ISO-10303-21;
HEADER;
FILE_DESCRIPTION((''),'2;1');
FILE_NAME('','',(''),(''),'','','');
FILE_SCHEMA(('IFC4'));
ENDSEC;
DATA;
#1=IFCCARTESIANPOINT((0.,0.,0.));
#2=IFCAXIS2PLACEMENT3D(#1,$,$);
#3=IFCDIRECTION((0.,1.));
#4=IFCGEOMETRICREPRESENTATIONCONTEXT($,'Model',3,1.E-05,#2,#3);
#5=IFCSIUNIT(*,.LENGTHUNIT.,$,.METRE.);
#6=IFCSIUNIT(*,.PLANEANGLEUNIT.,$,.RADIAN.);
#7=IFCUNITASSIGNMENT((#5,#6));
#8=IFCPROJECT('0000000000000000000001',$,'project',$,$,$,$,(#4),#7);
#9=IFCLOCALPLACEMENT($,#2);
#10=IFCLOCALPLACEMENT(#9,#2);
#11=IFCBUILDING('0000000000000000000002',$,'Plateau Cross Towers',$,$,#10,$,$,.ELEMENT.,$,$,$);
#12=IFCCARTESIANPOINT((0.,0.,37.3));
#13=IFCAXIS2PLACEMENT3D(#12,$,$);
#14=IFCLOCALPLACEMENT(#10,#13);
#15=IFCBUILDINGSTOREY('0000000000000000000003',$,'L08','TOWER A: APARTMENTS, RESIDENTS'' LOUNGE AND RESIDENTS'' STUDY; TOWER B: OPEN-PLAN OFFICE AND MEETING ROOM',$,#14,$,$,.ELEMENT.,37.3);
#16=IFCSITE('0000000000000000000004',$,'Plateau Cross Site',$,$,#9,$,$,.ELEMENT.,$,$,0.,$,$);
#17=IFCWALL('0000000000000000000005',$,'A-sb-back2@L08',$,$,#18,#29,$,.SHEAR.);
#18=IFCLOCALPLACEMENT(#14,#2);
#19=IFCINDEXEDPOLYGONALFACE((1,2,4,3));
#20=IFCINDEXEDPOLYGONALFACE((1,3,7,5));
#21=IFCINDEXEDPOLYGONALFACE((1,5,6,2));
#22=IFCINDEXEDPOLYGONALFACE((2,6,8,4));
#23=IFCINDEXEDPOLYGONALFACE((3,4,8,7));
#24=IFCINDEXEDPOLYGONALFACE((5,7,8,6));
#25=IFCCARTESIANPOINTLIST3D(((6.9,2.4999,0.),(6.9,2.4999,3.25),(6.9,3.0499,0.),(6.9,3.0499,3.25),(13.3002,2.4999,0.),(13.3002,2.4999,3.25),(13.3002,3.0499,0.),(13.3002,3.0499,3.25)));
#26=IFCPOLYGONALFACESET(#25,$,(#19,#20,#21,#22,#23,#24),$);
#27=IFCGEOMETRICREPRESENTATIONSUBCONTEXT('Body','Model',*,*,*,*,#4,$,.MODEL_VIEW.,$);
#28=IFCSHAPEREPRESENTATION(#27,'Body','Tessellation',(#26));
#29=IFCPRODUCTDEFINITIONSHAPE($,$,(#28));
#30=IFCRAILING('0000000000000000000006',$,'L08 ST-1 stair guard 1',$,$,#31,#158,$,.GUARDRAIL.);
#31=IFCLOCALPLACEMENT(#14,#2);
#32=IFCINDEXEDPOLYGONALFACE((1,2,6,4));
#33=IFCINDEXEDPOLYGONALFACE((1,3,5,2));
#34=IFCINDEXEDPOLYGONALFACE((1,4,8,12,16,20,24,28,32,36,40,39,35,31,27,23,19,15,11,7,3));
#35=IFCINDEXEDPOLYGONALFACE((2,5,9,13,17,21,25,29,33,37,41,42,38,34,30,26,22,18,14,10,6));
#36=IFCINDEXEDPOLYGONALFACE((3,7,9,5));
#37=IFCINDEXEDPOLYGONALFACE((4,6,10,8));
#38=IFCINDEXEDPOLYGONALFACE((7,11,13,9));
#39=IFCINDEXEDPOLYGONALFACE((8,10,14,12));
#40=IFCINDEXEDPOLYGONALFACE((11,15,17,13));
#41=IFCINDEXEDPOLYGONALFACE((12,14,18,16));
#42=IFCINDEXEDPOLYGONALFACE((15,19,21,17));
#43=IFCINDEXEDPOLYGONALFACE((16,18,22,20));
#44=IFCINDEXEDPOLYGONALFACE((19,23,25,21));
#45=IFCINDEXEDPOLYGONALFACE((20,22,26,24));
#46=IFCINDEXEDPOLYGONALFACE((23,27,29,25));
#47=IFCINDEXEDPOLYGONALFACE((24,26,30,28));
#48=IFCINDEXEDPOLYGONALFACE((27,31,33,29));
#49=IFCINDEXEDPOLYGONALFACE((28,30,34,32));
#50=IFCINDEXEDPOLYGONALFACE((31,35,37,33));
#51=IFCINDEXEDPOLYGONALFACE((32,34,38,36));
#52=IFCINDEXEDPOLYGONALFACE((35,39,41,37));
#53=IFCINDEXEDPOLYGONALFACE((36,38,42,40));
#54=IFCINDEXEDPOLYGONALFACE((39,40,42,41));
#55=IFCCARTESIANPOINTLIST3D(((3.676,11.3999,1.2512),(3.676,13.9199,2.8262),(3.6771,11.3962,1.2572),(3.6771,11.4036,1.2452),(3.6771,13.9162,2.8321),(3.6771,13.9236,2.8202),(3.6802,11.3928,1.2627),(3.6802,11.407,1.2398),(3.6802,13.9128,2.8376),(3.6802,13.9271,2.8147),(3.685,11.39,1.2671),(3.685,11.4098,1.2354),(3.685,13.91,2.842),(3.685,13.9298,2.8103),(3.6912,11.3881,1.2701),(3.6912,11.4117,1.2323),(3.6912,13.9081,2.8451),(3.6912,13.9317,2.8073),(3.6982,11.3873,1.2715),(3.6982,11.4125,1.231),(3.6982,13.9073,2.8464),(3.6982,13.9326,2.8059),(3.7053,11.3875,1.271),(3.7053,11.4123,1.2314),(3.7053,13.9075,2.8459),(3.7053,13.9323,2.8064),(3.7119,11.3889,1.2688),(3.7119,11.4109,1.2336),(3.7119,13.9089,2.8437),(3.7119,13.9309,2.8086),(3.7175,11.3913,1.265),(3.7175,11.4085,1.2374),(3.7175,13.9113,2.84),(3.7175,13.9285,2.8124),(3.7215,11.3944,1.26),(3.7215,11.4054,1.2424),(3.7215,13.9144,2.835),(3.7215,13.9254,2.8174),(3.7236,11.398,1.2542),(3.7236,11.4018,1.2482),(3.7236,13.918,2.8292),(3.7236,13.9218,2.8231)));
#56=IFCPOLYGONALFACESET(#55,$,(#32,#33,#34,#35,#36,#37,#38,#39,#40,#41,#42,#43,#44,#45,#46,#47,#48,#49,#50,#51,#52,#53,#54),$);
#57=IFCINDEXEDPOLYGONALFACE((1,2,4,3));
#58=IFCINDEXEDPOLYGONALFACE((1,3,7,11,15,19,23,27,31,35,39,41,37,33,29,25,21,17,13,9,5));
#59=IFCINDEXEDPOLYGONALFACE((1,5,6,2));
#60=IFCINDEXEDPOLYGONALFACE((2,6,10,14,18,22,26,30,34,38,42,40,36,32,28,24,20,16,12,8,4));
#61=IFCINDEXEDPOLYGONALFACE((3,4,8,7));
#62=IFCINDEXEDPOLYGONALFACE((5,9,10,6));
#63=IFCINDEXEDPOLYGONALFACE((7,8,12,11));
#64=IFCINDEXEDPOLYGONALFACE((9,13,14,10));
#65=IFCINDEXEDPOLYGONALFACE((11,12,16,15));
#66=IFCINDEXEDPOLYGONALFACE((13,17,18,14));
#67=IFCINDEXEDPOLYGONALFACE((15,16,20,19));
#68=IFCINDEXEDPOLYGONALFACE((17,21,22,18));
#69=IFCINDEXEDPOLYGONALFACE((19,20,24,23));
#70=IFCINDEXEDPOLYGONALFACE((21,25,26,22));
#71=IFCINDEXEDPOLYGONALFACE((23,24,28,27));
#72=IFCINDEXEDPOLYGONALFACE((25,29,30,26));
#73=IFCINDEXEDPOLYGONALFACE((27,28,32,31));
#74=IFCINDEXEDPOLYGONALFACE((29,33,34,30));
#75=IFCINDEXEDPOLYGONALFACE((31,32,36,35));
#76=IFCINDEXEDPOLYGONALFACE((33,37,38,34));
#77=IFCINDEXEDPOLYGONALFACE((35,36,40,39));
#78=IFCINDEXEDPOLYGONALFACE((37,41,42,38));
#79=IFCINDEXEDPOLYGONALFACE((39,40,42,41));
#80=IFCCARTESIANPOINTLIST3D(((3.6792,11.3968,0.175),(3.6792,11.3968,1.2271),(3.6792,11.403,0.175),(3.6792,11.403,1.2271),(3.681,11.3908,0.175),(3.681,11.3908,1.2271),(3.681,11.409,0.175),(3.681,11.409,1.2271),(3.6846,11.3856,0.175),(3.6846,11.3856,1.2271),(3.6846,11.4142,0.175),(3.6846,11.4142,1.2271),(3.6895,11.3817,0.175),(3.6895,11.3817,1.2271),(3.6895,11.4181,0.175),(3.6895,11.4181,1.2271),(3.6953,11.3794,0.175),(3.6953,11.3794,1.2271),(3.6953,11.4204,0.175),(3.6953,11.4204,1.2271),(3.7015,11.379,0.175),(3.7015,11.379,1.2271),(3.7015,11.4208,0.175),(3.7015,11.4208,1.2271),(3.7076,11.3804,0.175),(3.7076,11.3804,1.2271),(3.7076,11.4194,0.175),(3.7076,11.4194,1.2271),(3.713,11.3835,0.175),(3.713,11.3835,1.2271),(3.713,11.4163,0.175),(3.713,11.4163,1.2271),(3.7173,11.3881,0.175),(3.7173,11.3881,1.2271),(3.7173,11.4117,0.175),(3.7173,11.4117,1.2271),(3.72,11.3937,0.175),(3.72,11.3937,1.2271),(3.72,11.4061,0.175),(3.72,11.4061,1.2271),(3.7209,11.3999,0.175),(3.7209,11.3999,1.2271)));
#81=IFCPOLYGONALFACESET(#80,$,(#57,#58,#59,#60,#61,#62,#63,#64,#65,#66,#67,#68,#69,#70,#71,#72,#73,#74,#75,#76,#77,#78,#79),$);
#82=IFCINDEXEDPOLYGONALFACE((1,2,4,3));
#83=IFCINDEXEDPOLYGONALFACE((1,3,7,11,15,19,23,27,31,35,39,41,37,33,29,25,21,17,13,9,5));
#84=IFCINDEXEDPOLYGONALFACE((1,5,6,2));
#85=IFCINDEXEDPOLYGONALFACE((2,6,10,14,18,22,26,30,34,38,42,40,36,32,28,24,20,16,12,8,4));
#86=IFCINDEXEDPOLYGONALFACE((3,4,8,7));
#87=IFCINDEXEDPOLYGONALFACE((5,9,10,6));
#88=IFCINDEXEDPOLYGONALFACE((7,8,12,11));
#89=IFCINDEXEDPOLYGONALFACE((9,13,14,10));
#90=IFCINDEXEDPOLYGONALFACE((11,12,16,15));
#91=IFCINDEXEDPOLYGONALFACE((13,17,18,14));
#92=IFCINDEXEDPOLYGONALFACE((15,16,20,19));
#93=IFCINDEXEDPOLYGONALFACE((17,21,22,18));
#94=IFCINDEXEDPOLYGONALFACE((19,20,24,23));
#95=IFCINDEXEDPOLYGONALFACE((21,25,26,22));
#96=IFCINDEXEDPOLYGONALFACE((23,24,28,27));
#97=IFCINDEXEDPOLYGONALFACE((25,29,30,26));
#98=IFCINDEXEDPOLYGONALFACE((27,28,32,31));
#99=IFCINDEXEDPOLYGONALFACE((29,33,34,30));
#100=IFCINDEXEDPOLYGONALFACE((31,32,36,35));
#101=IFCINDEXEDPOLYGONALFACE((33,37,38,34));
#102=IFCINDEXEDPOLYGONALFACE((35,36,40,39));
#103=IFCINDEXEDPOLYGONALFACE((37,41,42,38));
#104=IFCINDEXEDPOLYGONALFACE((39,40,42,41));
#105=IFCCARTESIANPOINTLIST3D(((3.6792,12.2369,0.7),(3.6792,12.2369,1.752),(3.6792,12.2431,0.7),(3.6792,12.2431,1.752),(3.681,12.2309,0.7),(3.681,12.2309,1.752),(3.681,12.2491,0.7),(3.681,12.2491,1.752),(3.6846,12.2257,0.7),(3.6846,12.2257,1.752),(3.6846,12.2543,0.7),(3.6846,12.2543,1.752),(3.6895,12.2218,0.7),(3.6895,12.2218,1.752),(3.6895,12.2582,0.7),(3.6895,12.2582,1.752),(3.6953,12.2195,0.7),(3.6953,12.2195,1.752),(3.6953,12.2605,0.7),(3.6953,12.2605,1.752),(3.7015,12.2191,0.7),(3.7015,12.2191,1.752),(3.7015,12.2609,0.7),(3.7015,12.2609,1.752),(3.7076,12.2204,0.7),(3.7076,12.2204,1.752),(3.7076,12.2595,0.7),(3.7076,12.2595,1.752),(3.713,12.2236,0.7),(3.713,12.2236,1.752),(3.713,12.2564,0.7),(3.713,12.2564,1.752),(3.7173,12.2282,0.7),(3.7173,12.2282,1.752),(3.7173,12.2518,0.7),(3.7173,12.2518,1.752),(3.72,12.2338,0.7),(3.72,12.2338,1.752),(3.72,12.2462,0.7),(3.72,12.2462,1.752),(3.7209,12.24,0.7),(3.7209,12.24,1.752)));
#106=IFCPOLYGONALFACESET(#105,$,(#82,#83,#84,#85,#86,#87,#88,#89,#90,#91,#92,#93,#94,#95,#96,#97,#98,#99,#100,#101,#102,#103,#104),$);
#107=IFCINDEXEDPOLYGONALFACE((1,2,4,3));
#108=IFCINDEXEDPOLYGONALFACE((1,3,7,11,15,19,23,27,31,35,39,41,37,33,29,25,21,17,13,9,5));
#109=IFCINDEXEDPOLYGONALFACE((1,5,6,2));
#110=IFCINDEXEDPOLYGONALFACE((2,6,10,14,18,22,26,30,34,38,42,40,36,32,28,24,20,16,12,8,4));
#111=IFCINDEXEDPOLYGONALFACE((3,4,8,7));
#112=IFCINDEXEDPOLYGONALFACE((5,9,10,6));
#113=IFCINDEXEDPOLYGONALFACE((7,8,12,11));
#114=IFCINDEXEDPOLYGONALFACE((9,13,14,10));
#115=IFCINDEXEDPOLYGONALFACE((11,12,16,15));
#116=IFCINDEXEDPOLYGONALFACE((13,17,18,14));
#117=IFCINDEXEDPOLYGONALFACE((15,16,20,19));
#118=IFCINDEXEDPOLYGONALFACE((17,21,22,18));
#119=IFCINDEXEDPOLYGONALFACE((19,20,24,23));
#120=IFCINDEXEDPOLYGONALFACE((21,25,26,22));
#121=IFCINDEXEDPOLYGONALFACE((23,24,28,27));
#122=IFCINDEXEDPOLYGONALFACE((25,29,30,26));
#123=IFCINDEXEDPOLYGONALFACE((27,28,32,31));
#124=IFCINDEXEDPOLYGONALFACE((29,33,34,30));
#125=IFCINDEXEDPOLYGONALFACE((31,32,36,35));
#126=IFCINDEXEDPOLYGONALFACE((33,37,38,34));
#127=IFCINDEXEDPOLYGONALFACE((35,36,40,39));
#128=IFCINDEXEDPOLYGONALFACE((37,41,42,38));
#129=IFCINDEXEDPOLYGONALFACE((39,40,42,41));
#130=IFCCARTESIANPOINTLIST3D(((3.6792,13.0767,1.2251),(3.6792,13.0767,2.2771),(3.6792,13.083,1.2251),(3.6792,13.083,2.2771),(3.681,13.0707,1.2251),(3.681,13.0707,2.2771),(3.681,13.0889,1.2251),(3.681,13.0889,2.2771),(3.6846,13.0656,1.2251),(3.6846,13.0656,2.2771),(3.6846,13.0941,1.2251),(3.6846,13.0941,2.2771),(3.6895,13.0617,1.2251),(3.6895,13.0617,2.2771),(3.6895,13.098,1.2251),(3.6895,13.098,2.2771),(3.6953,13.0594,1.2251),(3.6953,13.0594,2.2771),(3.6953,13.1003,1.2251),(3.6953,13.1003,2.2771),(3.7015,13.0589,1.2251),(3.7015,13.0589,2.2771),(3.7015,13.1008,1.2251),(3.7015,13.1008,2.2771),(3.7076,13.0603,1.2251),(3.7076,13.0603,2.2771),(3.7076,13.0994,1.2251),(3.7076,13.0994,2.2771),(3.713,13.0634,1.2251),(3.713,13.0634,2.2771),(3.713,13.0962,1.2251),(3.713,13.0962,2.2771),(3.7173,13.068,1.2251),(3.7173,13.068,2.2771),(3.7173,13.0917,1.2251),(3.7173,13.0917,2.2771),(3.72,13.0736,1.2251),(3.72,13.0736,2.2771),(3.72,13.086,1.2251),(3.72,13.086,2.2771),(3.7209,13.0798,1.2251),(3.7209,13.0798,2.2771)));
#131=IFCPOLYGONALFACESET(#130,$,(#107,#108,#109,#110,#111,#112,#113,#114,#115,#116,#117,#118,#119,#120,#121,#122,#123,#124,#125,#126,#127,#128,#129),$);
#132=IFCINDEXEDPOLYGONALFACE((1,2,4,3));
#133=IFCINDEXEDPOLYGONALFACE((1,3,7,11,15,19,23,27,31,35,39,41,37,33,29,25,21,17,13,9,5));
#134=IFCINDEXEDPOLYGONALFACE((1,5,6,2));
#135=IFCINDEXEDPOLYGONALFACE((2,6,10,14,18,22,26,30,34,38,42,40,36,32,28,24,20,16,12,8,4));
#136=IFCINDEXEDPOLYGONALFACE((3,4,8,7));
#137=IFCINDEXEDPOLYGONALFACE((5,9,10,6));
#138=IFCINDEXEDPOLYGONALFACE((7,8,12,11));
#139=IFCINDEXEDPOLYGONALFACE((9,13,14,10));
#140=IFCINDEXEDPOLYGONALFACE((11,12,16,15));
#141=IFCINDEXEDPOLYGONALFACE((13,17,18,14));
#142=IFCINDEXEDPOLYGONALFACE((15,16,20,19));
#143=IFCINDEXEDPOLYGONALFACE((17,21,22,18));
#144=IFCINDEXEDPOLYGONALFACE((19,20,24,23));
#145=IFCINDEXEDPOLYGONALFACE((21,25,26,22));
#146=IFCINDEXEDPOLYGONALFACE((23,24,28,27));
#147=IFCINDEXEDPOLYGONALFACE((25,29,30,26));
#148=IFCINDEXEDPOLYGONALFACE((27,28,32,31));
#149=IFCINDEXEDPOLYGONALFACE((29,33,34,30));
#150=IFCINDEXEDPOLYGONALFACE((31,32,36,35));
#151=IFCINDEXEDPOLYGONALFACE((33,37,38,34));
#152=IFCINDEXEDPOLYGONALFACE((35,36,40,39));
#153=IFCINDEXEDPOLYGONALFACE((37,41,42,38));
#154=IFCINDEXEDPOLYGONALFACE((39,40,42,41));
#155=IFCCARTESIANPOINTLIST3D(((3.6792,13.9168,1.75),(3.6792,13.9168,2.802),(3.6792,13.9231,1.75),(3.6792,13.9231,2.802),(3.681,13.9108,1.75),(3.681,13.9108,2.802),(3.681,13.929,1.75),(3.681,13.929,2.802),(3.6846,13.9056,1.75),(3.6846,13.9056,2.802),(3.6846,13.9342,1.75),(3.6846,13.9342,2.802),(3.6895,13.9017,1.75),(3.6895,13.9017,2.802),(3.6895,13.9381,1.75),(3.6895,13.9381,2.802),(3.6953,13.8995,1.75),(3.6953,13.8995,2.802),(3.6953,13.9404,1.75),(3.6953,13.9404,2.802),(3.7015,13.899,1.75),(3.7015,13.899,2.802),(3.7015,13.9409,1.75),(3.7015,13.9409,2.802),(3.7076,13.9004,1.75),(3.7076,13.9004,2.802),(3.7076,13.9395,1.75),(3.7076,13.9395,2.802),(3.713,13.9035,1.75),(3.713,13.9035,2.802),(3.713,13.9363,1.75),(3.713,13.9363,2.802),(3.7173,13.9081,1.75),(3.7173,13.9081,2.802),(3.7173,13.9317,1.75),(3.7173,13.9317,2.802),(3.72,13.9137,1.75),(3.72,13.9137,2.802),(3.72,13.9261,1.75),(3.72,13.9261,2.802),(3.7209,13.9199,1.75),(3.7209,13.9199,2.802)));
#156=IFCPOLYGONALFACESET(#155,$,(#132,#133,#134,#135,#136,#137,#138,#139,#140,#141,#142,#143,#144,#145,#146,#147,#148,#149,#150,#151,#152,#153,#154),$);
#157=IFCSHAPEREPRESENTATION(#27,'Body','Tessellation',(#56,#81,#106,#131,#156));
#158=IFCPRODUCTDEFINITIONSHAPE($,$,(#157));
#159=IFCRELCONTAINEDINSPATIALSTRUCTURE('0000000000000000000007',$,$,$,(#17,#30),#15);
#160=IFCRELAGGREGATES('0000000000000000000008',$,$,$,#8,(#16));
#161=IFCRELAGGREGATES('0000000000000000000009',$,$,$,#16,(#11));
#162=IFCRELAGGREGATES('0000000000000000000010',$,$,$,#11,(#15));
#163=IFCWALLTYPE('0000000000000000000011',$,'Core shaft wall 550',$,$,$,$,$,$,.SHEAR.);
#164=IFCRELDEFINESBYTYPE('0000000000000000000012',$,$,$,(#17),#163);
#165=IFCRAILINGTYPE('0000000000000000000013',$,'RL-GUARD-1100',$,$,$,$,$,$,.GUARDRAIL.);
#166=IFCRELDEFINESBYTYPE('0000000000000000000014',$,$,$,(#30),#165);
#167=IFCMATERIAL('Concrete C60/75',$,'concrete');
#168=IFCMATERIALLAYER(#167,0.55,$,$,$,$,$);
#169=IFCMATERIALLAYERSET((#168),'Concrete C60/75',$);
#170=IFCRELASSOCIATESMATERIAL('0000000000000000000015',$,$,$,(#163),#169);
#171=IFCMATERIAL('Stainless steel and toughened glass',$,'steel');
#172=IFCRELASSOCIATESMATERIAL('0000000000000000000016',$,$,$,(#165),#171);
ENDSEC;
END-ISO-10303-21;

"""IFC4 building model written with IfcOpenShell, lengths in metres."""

from ifc_helpers import new_model, si_unit, direction, frame, frame_2d, origin, origin_2d, place, context, subcontext, project, spatial, rectangle, circle, extrude, material, layer, layer_set, type_object, element, save


model = new_model("IFC4")

# Units and contexts
model_context = context("Model", 3, precision=1e-05, world=origin(), true_north=direction((0.0, 1.0)))
body_context = subcontext(model_context, "Body", "Model", "MODEL_VIEW")
ifc_project = project(units=[si_unit("LENGTHUNIT", "METRE"), si_unit("PLANEANGLEUNIT", "RADIAN")], contexts=[model_context])

# Site, building, storey
site_placement = place(None, origin())
site = spatial("IfcSite", under=ifc_project, at=site_placement, Name="Plateau Cross Site", CompositionType="ELEMENT", RefElevation=0.0)
building_placement = place(site_placement, origin())
building = spatial("IfcBuilding", under=site, at=building_placement, Name="Plateau Cross Towers", CompositionType="ELEMENT")
storey_placement = place(building_placement, frame((0.0, 0.0, 37.3)))
storey = spatial("IfcBuildingStorey", under=building, at=storey_placement, Name="L08", Description="TOWER A: APARTMENTS, RESIDENTS' LOUNGE AND RESIDENTS' STUDY; TOWER B: OPEN-PLAN OFFICE AND MEETING ROOM", CompositionType="ELEMENT", Elevation=37.3)

# Shared definitions
ifc_material_1 = material(Name="Concrete C60/75", Category="concrete")

# Wall
ifc_layer_1 = layer(ifc_material_1, 0.55)
ifc_layer_set_1 = layer_set([ifc_layer_1], Name="Concrete C60/75")
wall_type_1 = type_object("IfcWallType", Name="Core shaft wall 550", PredefinedType="SHEAR", material=ifc_layer_set_1)
wall_1_placement = place(storey_placement, frame((6.8999, 2.7749, 0.0), z_axis=(0.0, 0.0, 1.0), x_axis=(1.0, 0.0, 0.0)))
element("IfcWall", 1, at=wall_1_placement, inside=storey, type_object=wall_type_1, Name="A-sb-back2@L08", PredefinedType="SHEAR", context=body_context, shape_type="SweptSolid", body=[
    extrude(rectangle(XDim=6.4001, YDim=0.55, at=frame_2d((3.2002, 0.0))), origin(), (0.0, 0.0, 1.0), 3.25),
])

# Railing
ifc_material_2 = material(Name="Stainless steel and toughened glass", Category="steel")
railing_type = type_object("IfcRailingType", Name="RL-GUARD-1100", PredefinedType="GUARDRAIL", material=ifc_material_2)
railing_1_placement = place(storey_placement, frame((3.7, 11.3999, 0.175)))
element("IfcRailing", 2, at=railing_1_placement, inside=storey, type_object=railing_type, Name="L08 ST-1 stair guard 1", PredefinedType="GUARDRAIL", context=body_context, shape_type="SweptSolid", body=[
    extrude(circle(Radius=0.0239, at=origin_2d()), frame((0.0, 0.0, 1.0762), z_axis=(0.0, 0.848008, 0.529984), x_axis=(-1.0, 0.0, 0.0)), (0.0, 0.0, 1.0), 2.9717),
    extrude(circle(Radius=0.021, at=origin_2d()), origin(), (0.0, 0.0, 1.0), 1.052),
    extrude(circle(Radius=0.021, at=origin_2d()), frame((0.0, 0.8401, 0.5249)), (0.0, 0.0, 1.0), 1.052),
    extrude(circle(Radius=0.021, at=origin_2d()), frame((0.0, 1.6799, 1.05)), (0.0, 0.0, 1.0), 1.052),
    extrude(circle(Radius=0.021, at=origin_2d()), frame((0.0, 2.52, 1.575)), (0.0, 0.0, 1.0), 1.052),
])

save(model, "model.ifc")
